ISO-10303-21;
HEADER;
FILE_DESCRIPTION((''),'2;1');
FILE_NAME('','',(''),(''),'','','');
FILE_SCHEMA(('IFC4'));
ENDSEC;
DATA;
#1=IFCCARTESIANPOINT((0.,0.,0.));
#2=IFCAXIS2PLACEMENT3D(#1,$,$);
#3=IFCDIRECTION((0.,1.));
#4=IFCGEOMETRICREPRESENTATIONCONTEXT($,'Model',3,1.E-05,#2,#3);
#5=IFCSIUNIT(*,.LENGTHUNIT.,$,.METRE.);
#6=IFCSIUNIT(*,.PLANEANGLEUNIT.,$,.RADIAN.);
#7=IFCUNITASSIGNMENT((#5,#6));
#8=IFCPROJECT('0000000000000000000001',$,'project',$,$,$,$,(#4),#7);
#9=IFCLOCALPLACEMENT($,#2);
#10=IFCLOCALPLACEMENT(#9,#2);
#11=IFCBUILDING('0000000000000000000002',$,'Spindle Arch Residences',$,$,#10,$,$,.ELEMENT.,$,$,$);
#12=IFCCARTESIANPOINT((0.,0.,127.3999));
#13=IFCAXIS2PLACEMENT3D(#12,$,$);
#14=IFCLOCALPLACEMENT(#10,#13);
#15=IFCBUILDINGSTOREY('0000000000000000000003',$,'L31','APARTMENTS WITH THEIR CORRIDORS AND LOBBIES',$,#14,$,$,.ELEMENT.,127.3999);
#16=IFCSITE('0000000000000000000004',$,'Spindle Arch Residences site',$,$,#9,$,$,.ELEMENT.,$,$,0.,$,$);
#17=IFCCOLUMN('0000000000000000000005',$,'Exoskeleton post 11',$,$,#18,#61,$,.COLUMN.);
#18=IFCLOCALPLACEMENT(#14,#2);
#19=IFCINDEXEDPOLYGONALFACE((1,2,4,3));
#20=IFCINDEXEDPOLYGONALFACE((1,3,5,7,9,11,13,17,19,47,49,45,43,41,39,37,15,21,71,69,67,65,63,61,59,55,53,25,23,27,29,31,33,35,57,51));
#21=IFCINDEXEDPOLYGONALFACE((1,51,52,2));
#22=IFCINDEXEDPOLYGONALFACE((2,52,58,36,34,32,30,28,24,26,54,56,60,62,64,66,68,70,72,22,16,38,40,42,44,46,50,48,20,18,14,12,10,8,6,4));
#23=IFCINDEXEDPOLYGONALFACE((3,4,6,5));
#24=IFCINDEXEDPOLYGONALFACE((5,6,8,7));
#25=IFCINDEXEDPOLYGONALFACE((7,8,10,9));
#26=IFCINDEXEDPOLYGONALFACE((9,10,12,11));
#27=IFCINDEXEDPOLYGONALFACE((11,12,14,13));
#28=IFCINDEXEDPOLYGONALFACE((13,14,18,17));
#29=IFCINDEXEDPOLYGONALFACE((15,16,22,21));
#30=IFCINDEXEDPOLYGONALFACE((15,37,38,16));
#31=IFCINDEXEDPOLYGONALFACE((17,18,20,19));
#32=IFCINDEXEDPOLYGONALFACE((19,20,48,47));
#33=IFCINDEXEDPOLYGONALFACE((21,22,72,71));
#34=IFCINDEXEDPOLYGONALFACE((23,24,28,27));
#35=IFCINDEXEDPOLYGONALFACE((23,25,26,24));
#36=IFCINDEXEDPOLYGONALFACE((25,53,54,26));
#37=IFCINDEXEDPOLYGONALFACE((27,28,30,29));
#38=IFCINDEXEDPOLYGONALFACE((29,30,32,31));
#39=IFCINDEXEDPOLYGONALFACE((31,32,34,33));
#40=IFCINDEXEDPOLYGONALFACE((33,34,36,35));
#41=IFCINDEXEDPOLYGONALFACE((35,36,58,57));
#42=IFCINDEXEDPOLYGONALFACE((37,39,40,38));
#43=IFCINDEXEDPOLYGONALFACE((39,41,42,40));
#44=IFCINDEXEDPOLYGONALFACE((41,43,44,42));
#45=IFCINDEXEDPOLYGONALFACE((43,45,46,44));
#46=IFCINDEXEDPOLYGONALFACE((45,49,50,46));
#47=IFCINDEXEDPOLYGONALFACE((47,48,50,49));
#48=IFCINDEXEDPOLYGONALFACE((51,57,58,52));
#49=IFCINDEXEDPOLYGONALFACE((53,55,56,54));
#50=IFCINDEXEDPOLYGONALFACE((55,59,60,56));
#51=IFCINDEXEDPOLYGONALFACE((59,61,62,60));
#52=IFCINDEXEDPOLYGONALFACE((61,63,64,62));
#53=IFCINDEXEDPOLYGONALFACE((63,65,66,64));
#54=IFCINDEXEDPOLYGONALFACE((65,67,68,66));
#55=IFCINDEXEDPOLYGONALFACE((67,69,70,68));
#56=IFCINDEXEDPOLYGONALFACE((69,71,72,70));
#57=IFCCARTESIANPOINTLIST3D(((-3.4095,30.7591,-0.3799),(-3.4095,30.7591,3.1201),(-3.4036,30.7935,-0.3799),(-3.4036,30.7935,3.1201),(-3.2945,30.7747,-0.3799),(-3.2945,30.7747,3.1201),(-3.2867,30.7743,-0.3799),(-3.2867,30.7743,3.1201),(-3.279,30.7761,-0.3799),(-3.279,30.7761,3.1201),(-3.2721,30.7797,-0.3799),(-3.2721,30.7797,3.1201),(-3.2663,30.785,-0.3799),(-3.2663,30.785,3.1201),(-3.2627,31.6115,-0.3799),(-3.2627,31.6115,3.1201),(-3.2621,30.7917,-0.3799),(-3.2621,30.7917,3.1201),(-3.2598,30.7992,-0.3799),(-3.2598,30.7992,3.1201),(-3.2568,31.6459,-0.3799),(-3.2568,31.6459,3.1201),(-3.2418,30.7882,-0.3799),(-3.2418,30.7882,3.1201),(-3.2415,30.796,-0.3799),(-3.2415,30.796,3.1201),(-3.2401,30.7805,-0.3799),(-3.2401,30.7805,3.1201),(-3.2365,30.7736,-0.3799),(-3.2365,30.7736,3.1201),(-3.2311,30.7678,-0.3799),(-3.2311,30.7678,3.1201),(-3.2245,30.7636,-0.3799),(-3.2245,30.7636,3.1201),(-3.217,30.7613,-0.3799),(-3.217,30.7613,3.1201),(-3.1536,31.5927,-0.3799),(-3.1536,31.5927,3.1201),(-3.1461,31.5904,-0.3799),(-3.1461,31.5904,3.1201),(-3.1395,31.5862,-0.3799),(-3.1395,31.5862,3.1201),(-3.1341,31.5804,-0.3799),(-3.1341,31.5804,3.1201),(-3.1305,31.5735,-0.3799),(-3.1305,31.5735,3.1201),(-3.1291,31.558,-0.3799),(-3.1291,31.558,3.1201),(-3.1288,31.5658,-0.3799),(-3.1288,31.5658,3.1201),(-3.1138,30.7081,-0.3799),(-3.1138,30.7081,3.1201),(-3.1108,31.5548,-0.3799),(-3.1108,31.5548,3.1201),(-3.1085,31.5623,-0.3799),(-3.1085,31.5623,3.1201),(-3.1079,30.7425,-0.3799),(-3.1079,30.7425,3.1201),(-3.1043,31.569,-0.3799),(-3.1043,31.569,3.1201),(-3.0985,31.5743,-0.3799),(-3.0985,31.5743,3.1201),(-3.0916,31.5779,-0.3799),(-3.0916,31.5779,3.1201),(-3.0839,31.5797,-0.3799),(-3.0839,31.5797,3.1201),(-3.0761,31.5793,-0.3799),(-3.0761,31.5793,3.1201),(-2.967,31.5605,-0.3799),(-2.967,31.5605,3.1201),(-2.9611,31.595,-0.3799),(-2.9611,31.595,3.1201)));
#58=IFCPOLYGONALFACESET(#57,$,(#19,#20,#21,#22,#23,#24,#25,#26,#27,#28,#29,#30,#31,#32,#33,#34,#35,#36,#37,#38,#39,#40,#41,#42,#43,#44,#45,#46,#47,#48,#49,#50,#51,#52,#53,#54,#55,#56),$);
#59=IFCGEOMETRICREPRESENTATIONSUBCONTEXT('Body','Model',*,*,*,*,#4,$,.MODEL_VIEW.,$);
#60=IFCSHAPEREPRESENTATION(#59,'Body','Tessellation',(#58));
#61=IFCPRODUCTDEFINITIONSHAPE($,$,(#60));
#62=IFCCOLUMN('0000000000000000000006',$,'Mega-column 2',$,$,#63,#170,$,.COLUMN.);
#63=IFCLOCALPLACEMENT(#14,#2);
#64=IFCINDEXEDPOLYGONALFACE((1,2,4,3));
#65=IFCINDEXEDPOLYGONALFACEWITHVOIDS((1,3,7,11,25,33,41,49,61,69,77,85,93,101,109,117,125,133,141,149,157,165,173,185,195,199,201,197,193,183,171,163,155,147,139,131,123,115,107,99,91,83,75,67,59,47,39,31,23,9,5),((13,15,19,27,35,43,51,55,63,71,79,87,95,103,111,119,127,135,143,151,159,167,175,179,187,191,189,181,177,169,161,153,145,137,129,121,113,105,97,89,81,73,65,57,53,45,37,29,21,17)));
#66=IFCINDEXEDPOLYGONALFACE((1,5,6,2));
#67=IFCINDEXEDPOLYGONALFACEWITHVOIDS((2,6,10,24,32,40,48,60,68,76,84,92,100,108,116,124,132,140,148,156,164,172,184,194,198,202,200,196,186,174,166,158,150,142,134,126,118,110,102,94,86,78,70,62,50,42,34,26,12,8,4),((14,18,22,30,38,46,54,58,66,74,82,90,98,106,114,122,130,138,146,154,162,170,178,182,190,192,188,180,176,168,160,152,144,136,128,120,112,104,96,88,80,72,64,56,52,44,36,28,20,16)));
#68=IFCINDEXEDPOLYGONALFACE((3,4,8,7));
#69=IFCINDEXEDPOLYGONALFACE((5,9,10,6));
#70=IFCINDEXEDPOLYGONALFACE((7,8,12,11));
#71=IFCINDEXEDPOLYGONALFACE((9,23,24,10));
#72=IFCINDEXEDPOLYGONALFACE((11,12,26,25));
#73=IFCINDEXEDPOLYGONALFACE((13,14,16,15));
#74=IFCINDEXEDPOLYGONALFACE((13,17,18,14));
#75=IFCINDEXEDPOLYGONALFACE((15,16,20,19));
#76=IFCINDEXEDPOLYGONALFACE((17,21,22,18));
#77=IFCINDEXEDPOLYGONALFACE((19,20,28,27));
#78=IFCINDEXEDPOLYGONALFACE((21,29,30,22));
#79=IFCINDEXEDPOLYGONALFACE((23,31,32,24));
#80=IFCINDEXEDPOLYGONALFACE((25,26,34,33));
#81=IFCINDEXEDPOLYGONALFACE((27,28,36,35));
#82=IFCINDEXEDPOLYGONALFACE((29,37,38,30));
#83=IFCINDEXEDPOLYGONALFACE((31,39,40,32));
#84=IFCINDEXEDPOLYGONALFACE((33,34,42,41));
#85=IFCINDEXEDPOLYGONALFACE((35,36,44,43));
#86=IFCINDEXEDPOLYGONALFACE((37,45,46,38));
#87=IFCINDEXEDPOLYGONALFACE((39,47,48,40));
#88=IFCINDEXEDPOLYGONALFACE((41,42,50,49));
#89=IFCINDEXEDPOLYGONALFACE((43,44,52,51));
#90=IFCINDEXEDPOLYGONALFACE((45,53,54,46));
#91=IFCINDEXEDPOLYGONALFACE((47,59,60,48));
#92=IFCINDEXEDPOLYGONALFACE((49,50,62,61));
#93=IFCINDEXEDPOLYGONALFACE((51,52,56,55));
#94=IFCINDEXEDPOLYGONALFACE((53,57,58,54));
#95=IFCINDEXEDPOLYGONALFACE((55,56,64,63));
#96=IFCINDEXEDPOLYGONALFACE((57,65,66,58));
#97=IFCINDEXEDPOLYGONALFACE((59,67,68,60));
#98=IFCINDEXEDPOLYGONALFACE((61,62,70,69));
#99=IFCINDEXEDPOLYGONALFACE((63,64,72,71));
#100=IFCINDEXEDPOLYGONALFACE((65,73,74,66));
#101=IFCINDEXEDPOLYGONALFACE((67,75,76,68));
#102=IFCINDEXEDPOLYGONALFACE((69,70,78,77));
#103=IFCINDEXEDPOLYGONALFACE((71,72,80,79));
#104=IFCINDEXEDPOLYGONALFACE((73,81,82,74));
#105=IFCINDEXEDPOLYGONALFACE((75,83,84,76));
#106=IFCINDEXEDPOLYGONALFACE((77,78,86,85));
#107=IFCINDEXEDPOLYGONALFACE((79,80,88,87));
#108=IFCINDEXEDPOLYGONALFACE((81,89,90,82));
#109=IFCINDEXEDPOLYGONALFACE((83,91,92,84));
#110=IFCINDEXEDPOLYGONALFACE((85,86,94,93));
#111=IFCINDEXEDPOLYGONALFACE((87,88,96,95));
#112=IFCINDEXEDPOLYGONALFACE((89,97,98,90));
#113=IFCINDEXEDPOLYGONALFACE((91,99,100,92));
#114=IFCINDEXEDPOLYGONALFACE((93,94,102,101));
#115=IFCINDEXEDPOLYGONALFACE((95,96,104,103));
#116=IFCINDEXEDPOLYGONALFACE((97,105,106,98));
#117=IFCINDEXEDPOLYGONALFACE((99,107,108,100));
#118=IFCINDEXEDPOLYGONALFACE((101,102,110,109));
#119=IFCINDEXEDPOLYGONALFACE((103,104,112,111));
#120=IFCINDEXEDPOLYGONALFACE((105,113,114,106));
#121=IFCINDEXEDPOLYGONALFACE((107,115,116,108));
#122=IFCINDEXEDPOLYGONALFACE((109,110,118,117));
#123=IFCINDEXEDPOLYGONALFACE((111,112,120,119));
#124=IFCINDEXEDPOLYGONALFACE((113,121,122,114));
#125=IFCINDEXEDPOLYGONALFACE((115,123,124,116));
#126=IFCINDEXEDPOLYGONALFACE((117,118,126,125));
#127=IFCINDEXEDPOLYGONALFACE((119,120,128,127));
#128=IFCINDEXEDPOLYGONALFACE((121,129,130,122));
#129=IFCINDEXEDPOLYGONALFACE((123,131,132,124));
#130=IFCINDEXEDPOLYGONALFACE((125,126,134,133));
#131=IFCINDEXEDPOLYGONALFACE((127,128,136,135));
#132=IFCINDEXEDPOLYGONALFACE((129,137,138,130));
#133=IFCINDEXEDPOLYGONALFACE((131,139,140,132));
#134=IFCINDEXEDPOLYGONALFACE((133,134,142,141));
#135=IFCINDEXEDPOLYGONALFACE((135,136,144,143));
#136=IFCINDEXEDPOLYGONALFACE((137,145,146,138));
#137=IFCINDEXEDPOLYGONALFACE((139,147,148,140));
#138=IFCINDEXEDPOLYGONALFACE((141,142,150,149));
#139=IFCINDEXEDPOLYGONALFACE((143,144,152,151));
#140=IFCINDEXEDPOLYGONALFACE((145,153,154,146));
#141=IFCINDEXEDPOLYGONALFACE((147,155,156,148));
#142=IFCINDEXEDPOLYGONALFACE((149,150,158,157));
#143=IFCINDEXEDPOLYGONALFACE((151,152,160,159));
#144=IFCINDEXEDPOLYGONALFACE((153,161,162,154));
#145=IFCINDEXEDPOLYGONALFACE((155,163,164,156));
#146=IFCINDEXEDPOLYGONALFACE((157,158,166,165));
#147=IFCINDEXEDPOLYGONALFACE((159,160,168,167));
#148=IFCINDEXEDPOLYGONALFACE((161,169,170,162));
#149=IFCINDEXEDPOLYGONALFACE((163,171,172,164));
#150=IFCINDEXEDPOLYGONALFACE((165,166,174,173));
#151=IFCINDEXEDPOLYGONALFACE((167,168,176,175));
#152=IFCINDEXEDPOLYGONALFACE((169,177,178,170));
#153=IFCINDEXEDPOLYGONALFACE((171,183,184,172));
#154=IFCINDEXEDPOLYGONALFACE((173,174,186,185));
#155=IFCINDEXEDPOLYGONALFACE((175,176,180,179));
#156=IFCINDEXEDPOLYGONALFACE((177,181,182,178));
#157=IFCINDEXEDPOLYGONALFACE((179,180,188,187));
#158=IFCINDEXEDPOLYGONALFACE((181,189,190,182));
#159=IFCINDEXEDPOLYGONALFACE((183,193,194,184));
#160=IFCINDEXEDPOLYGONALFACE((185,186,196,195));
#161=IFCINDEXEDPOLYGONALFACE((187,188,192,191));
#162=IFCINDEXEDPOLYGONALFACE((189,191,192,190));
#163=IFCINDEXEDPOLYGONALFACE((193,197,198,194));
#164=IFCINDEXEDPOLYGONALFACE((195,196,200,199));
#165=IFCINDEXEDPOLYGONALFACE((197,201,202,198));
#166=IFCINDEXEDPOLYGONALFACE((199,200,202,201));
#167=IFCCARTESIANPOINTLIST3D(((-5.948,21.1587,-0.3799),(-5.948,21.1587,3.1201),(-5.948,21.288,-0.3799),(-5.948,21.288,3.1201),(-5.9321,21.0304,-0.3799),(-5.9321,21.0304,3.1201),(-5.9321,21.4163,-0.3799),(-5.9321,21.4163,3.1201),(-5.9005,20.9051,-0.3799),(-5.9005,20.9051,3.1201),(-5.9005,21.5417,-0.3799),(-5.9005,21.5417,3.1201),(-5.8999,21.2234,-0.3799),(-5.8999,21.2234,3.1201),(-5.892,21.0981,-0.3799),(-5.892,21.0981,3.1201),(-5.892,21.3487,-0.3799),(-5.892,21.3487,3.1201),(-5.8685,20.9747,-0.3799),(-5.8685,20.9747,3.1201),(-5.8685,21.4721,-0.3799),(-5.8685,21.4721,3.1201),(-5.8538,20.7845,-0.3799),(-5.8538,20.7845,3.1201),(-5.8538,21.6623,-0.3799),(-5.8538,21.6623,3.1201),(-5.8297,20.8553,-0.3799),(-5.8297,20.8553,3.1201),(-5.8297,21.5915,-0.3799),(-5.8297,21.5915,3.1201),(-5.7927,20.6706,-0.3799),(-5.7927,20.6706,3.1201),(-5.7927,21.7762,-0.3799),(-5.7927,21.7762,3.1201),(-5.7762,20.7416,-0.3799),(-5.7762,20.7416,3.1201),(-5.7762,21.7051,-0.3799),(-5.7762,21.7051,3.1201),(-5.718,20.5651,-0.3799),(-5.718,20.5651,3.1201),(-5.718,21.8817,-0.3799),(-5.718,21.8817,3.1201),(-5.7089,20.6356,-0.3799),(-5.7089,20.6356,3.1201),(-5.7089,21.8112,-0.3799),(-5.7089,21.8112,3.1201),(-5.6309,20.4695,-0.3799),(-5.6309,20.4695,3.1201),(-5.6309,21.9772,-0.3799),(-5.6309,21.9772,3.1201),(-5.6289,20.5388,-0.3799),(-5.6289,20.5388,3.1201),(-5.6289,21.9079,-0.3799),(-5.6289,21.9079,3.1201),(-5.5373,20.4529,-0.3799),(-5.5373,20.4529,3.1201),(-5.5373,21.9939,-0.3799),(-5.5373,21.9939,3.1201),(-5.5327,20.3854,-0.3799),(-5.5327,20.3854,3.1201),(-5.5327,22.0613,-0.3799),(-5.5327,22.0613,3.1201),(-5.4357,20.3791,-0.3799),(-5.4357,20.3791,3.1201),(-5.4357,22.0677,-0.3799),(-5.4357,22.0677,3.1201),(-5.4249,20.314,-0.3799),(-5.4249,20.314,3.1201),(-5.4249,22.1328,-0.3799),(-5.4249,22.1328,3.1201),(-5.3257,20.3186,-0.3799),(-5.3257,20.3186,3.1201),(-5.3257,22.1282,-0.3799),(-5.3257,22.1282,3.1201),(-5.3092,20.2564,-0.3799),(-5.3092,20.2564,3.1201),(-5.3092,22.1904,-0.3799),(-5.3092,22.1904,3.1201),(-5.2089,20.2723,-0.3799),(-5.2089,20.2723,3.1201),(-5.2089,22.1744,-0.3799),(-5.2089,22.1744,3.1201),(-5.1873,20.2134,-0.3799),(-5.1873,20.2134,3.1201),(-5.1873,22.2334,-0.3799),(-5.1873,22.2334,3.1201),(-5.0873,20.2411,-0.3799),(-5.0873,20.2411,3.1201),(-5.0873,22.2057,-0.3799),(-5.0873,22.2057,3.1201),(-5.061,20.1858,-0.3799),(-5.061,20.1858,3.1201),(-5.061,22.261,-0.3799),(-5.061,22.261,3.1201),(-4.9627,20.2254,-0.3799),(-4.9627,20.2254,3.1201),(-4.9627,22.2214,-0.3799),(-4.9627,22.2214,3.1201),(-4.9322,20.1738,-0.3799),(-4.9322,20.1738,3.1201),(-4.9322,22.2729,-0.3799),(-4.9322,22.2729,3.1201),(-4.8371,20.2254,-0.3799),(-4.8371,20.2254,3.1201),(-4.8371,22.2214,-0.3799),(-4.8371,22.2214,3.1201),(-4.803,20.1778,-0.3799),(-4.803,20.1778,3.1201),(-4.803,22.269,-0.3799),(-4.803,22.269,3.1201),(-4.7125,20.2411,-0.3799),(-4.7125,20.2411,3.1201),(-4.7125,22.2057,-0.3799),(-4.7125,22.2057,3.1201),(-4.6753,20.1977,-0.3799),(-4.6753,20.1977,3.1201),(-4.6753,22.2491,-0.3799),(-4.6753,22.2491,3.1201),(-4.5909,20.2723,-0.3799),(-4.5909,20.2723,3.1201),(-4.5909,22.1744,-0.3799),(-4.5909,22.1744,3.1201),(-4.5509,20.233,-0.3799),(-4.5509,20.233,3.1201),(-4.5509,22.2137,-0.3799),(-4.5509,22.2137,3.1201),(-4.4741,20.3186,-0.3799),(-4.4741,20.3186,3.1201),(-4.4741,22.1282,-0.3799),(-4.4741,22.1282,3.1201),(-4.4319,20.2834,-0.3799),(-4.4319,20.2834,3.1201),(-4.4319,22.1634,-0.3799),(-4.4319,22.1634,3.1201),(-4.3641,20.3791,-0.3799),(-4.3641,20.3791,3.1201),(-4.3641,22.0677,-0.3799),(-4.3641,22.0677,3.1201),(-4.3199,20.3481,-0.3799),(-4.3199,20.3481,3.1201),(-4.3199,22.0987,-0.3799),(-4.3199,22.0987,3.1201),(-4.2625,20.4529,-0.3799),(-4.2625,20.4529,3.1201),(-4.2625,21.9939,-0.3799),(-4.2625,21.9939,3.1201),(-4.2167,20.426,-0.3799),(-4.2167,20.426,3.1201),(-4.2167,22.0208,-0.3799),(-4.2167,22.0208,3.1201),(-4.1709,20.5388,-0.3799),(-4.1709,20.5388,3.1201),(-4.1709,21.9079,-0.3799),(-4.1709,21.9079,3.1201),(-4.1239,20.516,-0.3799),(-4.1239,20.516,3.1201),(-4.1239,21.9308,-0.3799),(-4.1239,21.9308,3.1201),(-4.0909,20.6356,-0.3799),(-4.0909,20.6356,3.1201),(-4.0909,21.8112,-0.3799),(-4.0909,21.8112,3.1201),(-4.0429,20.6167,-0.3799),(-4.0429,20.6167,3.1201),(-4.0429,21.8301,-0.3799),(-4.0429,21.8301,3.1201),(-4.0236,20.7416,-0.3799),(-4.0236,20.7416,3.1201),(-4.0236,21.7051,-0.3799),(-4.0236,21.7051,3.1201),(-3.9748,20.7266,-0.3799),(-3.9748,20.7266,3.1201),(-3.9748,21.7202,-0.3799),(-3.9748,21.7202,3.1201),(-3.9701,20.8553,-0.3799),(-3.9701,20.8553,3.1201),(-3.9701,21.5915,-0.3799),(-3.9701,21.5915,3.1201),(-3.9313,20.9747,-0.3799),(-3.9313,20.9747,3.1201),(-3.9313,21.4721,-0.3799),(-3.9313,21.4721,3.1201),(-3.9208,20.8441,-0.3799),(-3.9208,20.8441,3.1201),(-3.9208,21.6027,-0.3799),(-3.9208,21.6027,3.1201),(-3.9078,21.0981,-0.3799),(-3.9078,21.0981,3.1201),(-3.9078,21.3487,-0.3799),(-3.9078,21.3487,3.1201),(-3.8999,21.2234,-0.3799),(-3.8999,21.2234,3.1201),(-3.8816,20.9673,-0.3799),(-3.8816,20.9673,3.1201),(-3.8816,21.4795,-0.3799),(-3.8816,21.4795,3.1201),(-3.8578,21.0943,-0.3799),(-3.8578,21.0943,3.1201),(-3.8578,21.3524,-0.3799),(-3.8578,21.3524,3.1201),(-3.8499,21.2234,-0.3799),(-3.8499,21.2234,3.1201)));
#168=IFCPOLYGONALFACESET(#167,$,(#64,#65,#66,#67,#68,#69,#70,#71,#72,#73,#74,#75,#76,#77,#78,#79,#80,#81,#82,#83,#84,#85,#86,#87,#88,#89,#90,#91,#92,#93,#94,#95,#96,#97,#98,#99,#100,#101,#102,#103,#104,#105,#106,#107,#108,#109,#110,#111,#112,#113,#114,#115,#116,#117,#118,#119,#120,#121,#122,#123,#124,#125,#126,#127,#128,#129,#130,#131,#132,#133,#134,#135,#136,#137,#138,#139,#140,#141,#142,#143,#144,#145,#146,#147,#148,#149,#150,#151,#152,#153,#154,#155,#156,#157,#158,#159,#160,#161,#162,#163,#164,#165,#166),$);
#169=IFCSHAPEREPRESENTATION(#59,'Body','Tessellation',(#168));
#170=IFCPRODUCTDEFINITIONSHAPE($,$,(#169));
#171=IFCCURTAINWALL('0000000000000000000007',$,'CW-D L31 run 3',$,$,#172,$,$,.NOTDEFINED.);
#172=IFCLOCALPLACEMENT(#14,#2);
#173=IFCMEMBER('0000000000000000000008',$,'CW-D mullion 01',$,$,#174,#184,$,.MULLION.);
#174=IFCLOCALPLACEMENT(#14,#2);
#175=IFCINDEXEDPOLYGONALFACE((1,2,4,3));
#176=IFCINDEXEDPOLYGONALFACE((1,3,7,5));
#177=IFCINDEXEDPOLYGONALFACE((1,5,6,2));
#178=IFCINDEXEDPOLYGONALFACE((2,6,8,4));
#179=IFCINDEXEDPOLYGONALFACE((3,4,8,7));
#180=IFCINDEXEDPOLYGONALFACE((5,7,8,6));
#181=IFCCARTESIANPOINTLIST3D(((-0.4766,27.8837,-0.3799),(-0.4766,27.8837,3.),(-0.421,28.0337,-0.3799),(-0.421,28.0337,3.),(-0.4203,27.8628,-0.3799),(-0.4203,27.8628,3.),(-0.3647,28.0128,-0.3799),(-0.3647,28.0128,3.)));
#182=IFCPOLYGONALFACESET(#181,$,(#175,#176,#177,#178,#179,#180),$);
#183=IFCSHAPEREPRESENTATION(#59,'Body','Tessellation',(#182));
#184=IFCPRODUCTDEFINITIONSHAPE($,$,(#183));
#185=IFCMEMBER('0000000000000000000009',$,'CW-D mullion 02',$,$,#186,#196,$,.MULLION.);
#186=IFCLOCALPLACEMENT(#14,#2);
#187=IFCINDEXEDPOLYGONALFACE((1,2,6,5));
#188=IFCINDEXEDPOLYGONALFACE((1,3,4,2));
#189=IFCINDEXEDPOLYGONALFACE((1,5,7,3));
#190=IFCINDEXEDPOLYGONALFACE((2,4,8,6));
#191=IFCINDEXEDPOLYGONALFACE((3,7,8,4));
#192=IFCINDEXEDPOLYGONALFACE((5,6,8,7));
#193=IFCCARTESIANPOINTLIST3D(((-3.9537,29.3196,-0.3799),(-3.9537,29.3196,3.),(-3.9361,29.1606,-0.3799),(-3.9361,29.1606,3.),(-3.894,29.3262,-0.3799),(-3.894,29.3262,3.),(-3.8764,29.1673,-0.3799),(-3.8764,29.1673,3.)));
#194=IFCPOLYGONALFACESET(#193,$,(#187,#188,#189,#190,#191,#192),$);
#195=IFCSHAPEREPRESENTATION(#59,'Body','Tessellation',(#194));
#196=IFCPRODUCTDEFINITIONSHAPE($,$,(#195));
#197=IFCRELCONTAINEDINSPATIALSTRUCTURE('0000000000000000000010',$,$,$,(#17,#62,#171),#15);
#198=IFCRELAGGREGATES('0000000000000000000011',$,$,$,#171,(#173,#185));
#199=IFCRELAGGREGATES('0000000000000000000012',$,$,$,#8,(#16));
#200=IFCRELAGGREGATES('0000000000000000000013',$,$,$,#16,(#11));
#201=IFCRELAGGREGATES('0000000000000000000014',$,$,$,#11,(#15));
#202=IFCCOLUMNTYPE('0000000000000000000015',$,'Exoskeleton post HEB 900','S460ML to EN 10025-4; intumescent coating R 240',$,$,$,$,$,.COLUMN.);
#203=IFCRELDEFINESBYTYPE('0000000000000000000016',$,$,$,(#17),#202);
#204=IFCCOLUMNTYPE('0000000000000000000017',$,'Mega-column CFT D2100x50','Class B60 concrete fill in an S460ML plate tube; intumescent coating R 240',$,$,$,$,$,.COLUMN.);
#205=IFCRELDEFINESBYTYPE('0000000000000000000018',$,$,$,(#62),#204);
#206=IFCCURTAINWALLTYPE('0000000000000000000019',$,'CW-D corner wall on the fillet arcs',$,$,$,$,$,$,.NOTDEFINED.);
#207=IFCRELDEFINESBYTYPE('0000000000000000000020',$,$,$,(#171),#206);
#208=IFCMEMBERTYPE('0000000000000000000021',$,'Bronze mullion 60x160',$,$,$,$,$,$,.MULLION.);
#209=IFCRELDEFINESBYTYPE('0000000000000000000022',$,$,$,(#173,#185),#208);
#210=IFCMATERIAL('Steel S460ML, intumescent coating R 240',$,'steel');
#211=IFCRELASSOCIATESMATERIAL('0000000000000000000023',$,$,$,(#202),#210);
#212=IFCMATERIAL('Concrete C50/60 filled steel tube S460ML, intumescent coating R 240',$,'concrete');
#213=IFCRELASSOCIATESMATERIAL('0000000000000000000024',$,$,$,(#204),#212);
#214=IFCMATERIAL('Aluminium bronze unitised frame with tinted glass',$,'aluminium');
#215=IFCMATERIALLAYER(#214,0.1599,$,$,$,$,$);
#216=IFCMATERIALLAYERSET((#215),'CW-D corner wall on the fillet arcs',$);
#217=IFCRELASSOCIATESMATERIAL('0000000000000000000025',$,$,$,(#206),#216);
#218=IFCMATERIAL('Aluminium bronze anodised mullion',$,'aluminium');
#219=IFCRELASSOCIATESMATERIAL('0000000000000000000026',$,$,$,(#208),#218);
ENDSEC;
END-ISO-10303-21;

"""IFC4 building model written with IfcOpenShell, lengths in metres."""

from ifc_helpers import new_model, si_unit, direction, frame, origin, origin_2d, place, context, subcontext, project, spatial, rectangle, hollow_circle, i_section, extrude, material, layer, layer_set, material_profile, profile_set, type_object, element, aggregate, save


model = new_model("IFC4")

# Units and contexts
model_context = context("Model", 3, precision=1e-05, world=origin(), true_north=direction((0.0, 1.0)))
body_context = subcontext(model_context, "Body", "Model", "MODEL_VIEW")
ifc_project = project(units=[si_unit("LENGTHUNIT", "METRE"), si_unit("PLANEANGLEUNIT", "RADIAN")], contexts=[model_context])

# Site, building, storey
site_placement = place(None, origin())
site = spatial("IfcSite", under=ifc_project, at=site_placement, Name="Spindle Arch Residences site", CompositionType="ELEMENT", RefElevation=0.0)
building_placement = place(site_placement, origin())
building = spatial("IfcBuilding", under=site, at=building_placement, Name="Spindle Arch Residences", CompositionType="ELEMENT")
storey_placement = place(building_placement, frame((0.0, 0.0, 127.3999)))
storey = spatial("IfcBuildingStorey", under=building, at=storey_placement, Name="L31", Description="APARTMENTS WITH THEIR CORRIDORS AND LOBBIES", CompositionType="ELEMENT", Elevation=127.3999)

# Columns
ifc_material_1 = material(Name="Steel S460ML, intumescent coating R 240", Category="steel")
ifc_material_profile_1 = material_profile(ifc_material_1, i_section(OverallWidth=0.3, OverallDepth=0.8999, WebThickness=0.0186, FlangeThickness=0.0349, FilletRadius=0.03, at=origin_2d()), Name="HEB 900")
ifc_profile_set_1 = profile_set([ifc_material_profile_1], Name="Steel S460ML, intumescent coating R 240")
column_type_1 = type_object("IfcColumnType", Name="Exoskeleton post HEB 900", Description="S460ML to EN 10025-4; intumescent coating R 240", PredefinedType="COLUMN", material=ifc_profile_set_1)
column_1_placement = place(storey_placement, frame((-3.1853, 31.177, -0.3799), z_axis=(0.0, 0.0, 1.0), x_axis=(0.985485, -0.169765, 0.0)))
element("IfcColumn", 1, at=column_1_placement, inside=storey, type_object=column_type_1, Name="Exoskeleton post 11", PredefinedType="COLUMN", context=body_context, shape_type="SweptSolid", body=[
    extrude(i_section(OverallWidth=0.3, OverallDepth=0.8999, WebThickness=0.0186, FlangeThickness=0.0349, FilletRadius=0.03, at=origin_2d()), origin(), (0.0, 0.0, 1.0), 3.5),
])
ifc_material_2 = material(Name="Concrete C50/60 filled steel tube S460ML, intumescent coating R 240", Category="concrete")
ifc_material_profile_2 = material_profile(ifc_material_2, hollow_circle(Radius=1.05, WallThickness=0.05, at=origin_2d()), Name="CFT D2100x50")
ifc_profile_set_2 = profile_set([ifc_material_profile_2], Name="Concrete C50/60 filled steel tube S460ML, intumescent coating R 240")
column_type_2 = type_object("IfcColumnType", Name="Mega-column CFT D2100x50", Description="Class B60 concrete fill in an S460ML plate tube; intumescent coating R 240", PredefinedType="COLUMN", material=ifc_profile_set_2)
column_2_placement = place(storey_placement, frame((-4.8999, 21.2234, -0.3799), z_axis=(0.0, 0.0, 1.0), x_axis=(1.0, 0.0, 0.0)))
element("IfcColumn", 2, at=column_2_placement, inside=storey, type_object=column_type_2, Name="Mega-column 2", PredefinedType="COLUMN", context=body_context, shape_type="SweptSolid", body=[
    extrude(hollow_circle(Radius=1.05, WallThickness=0.05, at=origin_2d()), origin(), (0.0, 0.0, 1.0), 3.5),
])

# Curtain wall, members
ifc_material_3 = material(Name="Aluminium bronze unitised frame with tinted glass", Category="aluminium")
ifc_layer_1 = layer(ifc_material_3, 0.1599)
ifc_layer_set_1 = layer_set([ifc_layer_1], Name="CW-D corner wall on the fillet arcs")
curtain_wall_type = type_object("IfcCurtainWallType", Name="CW-D corner wall on the fillet arcs", PredefinedType="NOTDEFINED", material=ifc_layer_set_1)
curtain_wall_placement = place(storey_placement, origin())
curtain_wall = element("IfcCurtainWall", 3, at=curtain_wall_placement, inside=storey, type_object=curtain_wall_type, Name="CW-D L31 run 3", PredefinedType="NOTDEFINED")
ifc_material_4 = material(Name="Aluminium bronze anodised mullion", Category="aluminium")
ifc_material_profile_3 = material_profile(ifc_material_4, rectangle(XDim=0.1599, YDim=0.0601, at=origin_2d()), Name="MU 60x160")
ifc_profile_set_3 = profile_set([ifc_material_profile_3], Name="Aluminium bronze anodised mullion")
member_type_1 = type_object("IfcMemberType", Name="Bronze mullion 60x160", PredefinedType="MULLION", material=ifc_profile_set_3)
member_1_placement = place(storey_placement, frame((-0.4207, 27.9482, -0.3799), z_axis=(0.0, 0.0, 1.0), x_axis=(-0.347481, -0.937687, 0.0)))
member_1 = element("IfcMember", 4, at=member_1_placement, type_object=member_type_1, Name="CW-D mullion 01", PredefinedType="MULLION", context=body_context, shape_type="SweptSolid", body=[
    extrude(rectangle(XDim=0.1599, YDim=0.0601, at=origin_2d()), origin(), (0.0, 0.0, 1.0), 3.3799),
])
member_2_placement = place(storey_placement, frame((-3.915, 29.2434, -0.3799), z_axis=(0.0, 0.0, 1.0), x_axis=(0.110313, -0.993897, 0.0)))
member_2 = element("IfcMember", 5, at=member_2_placement, type_object=member_type_1, Name="CW-D mullion 02", PredefinedType="MULLION", context=body_context, shape_type="SweptSolid", body=[
    extrude(rectangle(XDim=0.1599, YDim=0.0601, at=origin_2d()), origin(), (0.0, 0.0, 1.0), 3.3799),
])

aggregate(curtain_wall, [member_1, member_2])

save(model, "model.ifc")
